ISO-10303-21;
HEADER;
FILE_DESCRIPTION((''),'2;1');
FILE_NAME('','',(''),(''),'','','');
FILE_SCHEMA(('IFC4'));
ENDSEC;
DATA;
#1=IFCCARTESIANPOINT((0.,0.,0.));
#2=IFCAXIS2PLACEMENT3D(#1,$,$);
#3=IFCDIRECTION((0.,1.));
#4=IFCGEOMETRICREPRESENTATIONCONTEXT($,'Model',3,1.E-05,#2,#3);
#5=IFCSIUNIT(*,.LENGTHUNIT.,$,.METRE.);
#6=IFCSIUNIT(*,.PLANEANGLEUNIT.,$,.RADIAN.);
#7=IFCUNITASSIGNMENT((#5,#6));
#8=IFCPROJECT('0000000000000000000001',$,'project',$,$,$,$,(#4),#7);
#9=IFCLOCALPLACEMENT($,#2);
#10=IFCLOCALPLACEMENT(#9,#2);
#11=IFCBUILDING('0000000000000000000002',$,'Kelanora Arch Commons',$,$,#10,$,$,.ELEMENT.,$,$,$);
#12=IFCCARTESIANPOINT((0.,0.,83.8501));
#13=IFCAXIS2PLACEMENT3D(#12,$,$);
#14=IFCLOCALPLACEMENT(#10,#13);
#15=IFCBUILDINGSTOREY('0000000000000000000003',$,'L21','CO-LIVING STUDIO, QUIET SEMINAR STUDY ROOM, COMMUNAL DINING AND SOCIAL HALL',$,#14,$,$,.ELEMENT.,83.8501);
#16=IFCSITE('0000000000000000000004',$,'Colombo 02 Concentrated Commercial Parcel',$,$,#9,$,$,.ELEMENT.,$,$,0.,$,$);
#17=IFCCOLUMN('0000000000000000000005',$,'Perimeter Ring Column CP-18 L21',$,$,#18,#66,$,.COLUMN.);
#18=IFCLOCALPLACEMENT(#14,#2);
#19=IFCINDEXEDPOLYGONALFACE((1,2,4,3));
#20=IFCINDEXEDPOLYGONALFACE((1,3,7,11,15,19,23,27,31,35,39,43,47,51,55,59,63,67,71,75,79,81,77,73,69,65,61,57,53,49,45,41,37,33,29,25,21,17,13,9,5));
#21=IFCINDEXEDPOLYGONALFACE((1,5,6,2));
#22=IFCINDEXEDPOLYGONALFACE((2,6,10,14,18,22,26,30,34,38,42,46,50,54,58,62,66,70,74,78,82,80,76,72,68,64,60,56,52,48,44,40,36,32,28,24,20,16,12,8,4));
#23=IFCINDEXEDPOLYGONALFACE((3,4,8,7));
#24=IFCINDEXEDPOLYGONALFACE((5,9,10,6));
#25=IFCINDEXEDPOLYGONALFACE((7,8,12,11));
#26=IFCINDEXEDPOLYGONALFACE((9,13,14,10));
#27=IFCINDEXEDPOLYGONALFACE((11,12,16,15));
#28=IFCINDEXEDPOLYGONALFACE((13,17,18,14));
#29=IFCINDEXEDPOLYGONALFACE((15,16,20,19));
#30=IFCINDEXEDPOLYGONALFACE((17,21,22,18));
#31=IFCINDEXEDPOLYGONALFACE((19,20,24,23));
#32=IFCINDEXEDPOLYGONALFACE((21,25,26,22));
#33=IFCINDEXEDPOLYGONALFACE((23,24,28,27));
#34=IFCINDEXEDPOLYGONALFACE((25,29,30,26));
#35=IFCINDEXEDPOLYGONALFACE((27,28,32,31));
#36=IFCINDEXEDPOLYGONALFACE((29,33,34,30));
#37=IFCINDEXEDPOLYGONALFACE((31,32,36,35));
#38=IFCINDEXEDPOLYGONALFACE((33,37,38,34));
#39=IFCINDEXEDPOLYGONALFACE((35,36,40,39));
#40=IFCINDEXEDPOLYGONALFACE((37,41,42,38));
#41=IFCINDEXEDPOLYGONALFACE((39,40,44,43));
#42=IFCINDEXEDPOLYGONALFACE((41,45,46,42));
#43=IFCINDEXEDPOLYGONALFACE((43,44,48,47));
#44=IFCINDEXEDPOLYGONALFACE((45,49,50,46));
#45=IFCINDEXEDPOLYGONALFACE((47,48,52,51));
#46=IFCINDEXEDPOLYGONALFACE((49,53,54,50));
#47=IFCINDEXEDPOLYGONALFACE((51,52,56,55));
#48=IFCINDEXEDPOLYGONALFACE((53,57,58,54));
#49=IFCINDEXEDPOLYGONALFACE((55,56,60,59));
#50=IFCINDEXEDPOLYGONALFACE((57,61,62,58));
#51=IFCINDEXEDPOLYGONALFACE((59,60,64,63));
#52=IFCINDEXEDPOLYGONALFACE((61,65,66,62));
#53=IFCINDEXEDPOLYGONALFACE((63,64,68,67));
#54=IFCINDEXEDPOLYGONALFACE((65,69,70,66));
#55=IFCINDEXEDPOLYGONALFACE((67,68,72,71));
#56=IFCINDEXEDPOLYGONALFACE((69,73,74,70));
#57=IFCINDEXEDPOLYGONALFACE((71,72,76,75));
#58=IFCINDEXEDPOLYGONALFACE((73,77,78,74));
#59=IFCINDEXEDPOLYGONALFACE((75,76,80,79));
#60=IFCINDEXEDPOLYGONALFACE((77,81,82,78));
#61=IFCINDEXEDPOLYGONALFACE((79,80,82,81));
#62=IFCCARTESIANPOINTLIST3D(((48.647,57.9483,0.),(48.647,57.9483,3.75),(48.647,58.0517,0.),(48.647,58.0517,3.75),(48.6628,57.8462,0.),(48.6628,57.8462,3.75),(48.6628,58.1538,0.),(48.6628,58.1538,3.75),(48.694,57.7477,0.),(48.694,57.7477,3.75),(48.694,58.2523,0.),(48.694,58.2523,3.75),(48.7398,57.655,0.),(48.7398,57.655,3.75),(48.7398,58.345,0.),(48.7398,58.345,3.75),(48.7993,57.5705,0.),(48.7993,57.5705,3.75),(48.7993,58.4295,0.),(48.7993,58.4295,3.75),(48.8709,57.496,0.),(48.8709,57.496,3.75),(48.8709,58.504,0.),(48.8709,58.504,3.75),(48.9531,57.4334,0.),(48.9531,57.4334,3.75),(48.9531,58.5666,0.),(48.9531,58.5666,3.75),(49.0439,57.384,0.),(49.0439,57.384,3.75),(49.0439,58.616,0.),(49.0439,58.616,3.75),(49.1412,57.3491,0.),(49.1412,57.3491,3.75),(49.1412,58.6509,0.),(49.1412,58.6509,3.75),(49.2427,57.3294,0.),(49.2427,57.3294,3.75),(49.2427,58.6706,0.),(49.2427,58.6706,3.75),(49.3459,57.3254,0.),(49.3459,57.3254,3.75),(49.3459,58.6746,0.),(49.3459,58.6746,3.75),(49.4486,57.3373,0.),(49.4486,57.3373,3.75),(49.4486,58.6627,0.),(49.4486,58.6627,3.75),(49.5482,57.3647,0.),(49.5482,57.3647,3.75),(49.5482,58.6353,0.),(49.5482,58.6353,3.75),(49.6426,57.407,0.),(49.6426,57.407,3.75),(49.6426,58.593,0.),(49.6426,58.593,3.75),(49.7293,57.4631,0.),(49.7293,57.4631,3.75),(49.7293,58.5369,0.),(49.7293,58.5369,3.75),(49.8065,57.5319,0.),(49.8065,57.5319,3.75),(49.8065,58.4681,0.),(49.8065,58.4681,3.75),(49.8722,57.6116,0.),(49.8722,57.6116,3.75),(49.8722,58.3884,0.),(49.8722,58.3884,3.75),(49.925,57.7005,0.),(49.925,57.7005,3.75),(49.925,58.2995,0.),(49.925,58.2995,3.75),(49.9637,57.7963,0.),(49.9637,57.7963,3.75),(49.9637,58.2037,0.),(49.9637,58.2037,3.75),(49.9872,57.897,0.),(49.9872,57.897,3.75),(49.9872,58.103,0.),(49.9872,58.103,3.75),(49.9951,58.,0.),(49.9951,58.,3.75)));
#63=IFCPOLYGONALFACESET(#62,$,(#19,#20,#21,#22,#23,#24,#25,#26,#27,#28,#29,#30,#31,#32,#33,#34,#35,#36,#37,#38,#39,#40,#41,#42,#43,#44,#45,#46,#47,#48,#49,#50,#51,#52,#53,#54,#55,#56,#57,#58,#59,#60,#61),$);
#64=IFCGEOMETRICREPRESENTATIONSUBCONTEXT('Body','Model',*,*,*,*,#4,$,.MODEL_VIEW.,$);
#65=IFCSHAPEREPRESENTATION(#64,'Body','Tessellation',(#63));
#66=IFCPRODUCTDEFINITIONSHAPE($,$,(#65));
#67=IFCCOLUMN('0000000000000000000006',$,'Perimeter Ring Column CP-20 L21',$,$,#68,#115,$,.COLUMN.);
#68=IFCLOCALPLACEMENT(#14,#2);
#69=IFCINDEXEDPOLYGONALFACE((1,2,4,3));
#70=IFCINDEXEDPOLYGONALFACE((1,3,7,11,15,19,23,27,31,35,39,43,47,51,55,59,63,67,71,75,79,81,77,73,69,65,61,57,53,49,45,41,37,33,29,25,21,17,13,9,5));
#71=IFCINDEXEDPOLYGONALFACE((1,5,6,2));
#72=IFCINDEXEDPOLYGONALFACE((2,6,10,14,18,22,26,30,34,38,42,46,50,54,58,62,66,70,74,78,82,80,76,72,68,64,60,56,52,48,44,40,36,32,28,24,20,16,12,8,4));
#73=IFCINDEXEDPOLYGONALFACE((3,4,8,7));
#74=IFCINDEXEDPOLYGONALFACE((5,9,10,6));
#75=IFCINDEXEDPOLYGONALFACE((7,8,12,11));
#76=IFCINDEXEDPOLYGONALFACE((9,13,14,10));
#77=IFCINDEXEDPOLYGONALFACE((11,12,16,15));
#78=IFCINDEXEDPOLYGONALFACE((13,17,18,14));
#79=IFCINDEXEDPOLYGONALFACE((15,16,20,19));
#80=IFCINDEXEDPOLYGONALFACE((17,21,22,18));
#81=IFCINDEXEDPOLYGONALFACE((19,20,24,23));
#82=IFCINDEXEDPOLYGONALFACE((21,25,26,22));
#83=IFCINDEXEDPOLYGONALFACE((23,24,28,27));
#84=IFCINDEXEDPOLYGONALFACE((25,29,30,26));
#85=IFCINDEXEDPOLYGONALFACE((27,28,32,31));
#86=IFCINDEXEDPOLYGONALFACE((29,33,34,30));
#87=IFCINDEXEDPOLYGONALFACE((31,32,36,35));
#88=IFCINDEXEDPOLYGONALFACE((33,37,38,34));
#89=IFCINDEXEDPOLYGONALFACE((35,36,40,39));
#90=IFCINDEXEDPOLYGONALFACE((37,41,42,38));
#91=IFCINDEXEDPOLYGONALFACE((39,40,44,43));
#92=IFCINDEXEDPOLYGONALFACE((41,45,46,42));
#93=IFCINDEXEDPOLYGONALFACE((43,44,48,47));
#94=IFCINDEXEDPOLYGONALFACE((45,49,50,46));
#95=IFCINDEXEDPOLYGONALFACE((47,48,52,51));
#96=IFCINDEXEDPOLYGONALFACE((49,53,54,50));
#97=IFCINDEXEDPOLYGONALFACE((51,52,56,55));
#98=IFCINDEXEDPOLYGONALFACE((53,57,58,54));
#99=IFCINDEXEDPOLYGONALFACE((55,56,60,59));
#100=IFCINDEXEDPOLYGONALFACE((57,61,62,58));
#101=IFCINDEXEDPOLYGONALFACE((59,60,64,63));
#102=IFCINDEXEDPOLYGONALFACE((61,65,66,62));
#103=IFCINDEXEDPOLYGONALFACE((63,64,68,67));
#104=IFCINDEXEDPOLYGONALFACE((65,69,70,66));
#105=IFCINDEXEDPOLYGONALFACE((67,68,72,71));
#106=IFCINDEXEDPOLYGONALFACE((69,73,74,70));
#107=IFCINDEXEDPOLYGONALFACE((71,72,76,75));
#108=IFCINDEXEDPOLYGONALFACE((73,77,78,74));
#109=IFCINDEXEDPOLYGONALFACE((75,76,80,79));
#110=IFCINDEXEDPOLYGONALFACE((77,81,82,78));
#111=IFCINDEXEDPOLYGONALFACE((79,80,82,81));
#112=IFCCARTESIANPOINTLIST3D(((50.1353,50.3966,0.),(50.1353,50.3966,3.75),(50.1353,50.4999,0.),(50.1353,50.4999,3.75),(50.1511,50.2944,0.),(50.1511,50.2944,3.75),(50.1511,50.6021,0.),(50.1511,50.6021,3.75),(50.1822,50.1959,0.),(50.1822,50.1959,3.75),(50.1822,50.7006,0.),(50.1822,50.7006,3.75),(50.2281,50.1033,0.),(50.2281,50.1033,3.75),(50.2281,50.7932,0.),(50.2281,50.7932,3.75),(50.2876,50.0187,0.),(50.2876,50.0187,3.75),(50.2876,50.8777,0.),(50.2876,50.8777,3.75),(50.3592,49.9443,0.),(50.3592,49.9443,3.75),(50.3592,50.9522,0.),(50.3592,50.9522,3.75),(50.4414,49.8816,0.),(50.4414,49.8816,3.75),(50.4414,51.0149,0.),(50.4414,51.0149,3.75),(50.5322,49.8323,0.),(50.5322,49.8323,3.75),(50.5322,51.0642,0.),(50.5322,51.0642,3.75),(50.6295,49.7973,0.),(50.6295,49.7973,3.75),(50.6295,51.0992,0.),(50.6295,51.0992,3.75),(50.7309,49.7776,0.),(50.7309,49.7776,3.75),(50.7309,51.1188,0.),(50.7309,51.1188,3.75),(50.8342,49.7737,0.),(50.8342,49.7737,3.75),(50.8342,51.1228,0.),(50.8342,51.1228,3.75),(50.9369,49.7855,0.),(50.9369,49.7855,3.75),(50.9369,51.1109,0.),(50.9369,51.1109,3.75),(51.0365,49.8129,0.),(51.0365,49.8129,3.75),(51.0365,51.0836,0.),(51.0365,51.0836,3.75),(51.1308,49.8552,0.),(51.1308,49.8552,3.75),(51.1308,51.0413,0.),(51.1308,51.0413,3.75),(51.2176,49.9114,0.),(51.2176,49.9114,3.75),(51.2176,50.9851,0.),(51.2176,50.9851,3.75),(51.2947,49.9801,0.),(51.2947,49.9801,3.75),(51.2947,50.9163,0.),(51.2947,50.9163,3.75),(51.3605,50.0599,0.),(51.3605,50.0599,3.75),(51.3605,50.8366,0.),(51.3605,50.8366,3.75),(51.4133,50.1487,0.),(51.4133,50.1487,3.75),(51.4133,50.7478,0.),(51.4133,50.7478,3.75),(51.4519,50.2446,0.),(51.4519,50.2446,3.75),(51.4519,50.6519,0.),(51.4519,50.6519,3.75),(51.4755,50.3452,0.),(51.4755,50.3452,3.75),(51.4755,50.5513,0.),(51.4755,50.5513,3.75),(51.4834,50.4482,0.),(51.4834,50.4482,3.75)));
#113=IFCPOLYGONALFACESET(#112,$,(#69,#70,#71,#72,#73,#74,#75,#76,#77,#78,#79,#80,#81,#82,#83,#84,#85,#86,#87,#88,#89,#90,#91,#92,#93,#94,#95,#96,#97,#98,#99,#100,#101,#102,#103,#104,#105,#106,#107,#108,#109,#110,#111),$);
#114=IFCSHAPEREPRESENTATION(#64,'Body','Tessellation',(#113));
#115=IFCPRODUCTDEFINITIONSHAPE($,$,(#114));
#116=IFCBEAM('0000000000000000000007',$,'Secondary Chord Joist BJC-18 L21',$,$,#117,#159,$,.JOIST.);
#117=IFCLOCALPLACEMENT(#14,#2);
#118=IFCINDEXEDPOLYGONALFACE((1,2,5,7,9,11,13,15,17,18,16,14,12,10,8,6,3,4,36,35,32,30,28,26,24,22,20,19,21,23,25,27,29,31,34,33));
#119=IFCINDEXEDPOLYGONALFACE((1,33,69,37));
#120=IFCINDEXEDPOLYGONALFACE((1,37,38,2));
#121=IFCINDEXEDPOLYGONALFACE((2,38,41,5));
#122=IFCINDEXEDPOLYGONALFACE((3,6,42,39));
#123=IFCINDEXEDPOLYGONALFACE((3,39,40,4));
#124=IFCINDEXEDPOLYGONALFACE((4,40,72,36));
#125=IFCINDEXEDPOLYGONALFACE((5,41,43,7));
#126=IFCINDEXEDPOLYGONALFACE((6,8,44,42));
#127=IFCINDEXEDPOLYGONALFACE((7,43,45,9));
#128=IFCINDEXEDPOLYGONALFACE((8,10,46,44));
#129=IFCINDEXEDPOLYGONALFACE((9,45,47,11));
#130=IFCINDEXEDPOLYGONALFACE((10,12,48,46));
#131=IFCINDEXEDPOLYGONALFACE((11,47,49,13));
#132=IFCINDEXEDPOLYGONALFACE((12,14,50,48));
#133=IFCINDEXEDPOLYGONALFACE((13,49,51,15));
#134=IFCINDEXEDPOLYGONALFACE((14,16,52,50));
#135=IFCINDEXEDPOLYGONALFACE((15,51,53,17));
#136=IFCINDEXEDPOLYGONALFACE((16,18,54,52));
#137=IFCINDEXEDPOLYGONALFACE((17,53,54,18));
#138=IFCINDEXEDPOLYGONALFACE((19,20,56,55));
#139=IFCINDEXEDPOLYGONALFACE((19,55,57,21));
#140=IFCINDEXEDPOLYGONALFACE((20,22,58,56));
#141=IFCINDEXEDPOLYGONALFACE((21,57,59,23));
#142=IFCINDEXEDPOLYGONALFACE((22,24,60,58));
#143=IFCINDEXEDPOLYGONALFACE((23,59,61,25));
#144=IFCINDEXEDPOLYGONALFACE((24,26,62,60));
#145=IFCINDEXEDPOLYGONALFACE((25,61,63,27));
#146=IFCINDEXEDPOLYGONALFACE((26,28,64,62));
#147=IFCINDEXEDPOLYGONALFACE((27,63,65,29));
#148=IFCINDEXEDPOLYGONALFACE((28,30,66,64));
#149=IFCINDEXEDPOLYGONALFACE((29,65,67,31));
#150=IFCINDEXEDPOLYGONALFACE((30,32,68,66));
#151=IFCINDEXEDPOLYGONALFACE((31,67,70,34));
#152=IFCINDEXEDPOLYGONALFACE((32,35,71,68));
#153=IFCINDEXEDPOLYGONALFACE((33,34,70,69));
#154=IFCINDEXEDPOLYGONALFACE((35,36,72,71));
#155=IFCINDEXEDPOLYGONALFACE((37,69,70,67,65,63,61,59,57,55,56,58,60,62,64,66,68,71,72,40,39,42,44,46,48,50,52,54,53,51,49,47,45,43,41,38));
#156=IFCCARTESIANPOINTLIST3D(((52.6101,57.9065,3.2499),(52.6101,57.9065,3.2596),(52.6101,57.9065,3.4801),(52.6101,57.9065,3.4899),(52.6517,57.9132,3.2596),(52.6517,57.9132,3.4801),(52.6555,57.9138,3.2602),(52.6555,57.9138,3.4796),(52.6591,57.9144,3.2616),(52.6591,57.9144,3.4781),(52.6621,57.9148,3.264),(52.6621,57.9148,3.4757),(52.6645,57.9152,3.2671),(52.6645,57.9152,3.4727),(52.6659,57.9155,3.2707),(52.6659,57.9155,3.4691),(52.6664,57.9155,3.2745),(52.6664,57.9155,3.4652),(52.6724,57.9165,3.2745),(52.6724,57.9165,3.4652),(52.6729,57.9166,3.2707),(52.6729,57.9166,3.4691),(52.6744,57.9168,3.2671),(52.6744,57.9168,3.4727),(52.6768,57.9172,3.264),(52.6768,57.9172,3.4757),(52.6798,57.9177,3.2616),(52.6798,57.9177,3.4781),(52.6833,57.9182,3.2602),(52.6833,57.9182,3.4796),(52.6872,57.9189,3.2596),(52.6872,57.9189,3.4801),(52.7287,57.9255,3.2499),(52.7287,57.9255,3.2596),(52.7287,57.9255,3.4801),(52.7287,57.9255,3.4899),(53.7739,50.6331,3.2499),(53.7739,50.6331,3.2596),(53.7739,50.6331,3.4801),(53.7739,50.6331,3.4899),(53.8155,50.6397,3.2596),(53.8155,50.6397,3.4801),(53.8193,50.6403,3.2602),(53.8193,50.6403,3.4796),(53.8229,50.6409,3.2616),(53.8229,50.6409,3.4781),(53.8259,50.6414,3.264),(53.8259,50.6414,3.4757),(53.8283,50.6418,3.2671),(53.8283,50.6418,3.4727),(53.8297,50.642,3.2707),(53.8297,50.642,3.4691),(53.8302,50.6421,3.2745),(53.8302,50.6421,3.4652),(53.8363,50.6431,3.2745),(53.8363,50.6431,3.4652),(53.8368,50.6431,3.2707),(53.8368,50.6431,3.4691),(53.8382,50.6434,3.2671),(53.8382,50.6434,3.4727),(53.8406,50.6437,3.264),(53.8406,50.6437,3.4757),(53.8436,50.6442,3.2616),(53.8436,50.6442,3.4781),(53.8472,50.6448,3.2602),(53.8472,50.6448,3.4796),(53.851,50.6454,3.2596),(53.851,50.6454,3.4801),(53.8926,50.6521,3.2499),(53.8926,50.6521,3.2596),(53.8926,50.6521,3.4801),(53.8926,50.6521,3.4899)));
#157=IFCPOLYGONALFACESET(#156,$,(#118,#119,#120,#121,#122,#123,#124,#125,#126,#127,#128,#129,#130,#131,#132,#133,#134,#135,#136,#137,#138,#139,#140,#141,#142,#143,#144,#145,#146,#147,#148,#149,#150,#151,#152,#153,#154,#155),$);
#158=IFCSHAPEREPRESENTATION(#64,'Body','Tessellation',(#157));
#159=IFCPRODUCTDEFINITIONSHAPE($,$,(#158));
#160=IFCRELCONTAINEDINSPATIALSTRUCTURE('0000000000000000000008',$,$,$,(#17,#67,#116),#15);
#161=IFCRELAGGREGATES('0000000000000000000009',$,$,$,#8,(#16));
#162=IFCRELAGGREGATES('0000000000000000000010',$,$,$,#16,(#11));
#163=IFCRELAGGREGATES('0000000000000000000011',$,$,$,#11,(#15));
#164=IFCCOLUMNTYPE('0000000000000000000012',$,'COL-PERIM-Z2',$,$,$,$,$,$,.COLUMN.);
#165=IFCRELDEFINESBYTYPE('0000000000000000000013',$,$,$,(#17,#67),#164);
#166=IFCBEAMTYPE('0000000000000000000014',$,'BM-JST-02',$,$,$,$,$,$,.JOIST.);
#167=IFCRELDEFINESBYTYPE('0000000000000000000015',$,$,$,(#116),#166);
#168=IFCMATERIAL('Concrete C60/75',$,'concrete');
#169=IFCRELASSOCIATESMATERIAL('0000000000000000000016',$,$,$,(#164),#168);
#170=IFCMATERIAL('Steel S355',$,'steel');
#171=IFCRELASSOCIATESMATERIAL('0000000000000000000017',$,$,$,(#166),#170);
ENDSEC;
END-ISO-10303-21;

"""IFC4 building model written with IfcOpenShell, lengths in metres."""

from ifc_helpers import new_model, si_unit, direction, frame, origin, origin_2d, place, context, subcontext, project, spatial, circle, i_section, extrude, material, material_profile, profile_set, type_object, element, save


model = new_model("IFC4")

# Units and contexts
model_context = context("Model", 3, precision=1e-05, world=origin(), true_north=direction((0.0, 1.0)))
body_context = subcontext(model_context, "Body", "Model", "MODEL_VIEW")
ifc_project = project(units=[si_unit("LENGTHUNIT", "METRE"), si_unit("PLANEANGLEUNIT", "RADIAN")], contexts=[model_context])

# Site, building, storey
site_placement = place(None, origin())
site = spatial("IfcSite", under=ifc_project, at=site_placement, Name="Colombo 02 Concentrated Commercial Parcel", CompositionType="ELEMENT", RefElevation=0.0)
building_placement = place(site_placement, origin())
building = spatial("IfcBuilding", under=site, at=building_placement, Name="Kelanora Arch Commons", CompositionType="ELEMENT")
storey_placement = place(building_placement, frame((0.0, 0.0, 83.8501)))
storey = spatial("IfcBuildingStorey", under=building, at=storey_placement, Name="L21", Description="CO-LIVING STUDIO, QUIET SEMINAR STUDY ROOM, COMMUNAL DINING AND SOCIAL HALL", CompositionType="ELEMENT", Elevation=83.8501)

# Columns
ifc_material_1 = material(Name="Concrete C60/75", Category="concrete")
ifc_material_profile_1 = material_profile(ifc_material_1, circle(Radius=0.675, at=origin_2d()), Name="RCC1350")
ifc_profile_set_1 = profile_set([ifc_material_profile_1], Name="Concrete C60/75")
column_type = type_object("IfcColumnType", Name="COL-PERIM-Z2", PredefinedType="COLUMN", material=ifc_profile_set_1)
for number, where, z_axis, x_axis, name in (
    (1, (49.3201, 58.0, 0.0), (0.0, 0.0, 1.0), (1.0, 0.0, 0.0), "Perimeter Ring Column CP-18 L21"),
    (2, (50.8083, 50.4482, 0.0), (0.0, 0.0, 1.0), (1.0, 0.0, 0.0), "Perimeter Ring Column CP-20 L21"),
):
    element("IfcColumn", number, at=place(storey_placement, frame(where, z_axis=z_axis, x_axis=x_axis)), inside=storey, type_object=column_type, Name=name, PredefinedType="COLUMN", context=body_context, shape_type="SweptSolid", body=[
        extrude(circle(Radius=0.675, at=origin_2d()), origin(), (0.0, 0.0, 1.0), 3.75),
    ])

# Beam
ifc_material_2 = material(Name="Steel S355", Category="steel")
ifc_material_profile_2 = material_profile(ifc_material_2, i_section(OverallWidth=0.1201, OverallDepth=0.24, WebThickness=0.0061, FlangeThickness=0.0098, FilletRadius=0.0149, at=origin_2d()), Name="IPE240")
ifc_profile_set_2 = profile_set([ifc_material_profile_2], Name="Steel S355")
beam_type_1 = type_object("IfcBeamType", Name="BM-JST-02", PredefinedType="JOIST", material=ifc_profile_set_2)
beam_1_placement = place(storey_placement, frame((52.6694, 57.916, 3.3699), z_axis=(0.158, -0.987439, 0.0), x_axis=(0.987439, 0.158, 0.0)))
element("IfcBeam", 3, at=beam_1_placement, inside=storey, type_object=beam_type_1, Name="Secondary Chord Joist BJC-18 L21", PredefinedType="JOIST", context=body_context, shape_type="SweptSolid", body=[
    extrude(i_section(OverallWidth=0.1201, OverallDepth=0.24, WebThickness=0.0061, FlangeThickness=0.0098, FilletRadius=0.0149, at=origin_2d()), origin(), (0.0, 0.0, 1.0), 7.366),
])

save(model, "model.ifc")
